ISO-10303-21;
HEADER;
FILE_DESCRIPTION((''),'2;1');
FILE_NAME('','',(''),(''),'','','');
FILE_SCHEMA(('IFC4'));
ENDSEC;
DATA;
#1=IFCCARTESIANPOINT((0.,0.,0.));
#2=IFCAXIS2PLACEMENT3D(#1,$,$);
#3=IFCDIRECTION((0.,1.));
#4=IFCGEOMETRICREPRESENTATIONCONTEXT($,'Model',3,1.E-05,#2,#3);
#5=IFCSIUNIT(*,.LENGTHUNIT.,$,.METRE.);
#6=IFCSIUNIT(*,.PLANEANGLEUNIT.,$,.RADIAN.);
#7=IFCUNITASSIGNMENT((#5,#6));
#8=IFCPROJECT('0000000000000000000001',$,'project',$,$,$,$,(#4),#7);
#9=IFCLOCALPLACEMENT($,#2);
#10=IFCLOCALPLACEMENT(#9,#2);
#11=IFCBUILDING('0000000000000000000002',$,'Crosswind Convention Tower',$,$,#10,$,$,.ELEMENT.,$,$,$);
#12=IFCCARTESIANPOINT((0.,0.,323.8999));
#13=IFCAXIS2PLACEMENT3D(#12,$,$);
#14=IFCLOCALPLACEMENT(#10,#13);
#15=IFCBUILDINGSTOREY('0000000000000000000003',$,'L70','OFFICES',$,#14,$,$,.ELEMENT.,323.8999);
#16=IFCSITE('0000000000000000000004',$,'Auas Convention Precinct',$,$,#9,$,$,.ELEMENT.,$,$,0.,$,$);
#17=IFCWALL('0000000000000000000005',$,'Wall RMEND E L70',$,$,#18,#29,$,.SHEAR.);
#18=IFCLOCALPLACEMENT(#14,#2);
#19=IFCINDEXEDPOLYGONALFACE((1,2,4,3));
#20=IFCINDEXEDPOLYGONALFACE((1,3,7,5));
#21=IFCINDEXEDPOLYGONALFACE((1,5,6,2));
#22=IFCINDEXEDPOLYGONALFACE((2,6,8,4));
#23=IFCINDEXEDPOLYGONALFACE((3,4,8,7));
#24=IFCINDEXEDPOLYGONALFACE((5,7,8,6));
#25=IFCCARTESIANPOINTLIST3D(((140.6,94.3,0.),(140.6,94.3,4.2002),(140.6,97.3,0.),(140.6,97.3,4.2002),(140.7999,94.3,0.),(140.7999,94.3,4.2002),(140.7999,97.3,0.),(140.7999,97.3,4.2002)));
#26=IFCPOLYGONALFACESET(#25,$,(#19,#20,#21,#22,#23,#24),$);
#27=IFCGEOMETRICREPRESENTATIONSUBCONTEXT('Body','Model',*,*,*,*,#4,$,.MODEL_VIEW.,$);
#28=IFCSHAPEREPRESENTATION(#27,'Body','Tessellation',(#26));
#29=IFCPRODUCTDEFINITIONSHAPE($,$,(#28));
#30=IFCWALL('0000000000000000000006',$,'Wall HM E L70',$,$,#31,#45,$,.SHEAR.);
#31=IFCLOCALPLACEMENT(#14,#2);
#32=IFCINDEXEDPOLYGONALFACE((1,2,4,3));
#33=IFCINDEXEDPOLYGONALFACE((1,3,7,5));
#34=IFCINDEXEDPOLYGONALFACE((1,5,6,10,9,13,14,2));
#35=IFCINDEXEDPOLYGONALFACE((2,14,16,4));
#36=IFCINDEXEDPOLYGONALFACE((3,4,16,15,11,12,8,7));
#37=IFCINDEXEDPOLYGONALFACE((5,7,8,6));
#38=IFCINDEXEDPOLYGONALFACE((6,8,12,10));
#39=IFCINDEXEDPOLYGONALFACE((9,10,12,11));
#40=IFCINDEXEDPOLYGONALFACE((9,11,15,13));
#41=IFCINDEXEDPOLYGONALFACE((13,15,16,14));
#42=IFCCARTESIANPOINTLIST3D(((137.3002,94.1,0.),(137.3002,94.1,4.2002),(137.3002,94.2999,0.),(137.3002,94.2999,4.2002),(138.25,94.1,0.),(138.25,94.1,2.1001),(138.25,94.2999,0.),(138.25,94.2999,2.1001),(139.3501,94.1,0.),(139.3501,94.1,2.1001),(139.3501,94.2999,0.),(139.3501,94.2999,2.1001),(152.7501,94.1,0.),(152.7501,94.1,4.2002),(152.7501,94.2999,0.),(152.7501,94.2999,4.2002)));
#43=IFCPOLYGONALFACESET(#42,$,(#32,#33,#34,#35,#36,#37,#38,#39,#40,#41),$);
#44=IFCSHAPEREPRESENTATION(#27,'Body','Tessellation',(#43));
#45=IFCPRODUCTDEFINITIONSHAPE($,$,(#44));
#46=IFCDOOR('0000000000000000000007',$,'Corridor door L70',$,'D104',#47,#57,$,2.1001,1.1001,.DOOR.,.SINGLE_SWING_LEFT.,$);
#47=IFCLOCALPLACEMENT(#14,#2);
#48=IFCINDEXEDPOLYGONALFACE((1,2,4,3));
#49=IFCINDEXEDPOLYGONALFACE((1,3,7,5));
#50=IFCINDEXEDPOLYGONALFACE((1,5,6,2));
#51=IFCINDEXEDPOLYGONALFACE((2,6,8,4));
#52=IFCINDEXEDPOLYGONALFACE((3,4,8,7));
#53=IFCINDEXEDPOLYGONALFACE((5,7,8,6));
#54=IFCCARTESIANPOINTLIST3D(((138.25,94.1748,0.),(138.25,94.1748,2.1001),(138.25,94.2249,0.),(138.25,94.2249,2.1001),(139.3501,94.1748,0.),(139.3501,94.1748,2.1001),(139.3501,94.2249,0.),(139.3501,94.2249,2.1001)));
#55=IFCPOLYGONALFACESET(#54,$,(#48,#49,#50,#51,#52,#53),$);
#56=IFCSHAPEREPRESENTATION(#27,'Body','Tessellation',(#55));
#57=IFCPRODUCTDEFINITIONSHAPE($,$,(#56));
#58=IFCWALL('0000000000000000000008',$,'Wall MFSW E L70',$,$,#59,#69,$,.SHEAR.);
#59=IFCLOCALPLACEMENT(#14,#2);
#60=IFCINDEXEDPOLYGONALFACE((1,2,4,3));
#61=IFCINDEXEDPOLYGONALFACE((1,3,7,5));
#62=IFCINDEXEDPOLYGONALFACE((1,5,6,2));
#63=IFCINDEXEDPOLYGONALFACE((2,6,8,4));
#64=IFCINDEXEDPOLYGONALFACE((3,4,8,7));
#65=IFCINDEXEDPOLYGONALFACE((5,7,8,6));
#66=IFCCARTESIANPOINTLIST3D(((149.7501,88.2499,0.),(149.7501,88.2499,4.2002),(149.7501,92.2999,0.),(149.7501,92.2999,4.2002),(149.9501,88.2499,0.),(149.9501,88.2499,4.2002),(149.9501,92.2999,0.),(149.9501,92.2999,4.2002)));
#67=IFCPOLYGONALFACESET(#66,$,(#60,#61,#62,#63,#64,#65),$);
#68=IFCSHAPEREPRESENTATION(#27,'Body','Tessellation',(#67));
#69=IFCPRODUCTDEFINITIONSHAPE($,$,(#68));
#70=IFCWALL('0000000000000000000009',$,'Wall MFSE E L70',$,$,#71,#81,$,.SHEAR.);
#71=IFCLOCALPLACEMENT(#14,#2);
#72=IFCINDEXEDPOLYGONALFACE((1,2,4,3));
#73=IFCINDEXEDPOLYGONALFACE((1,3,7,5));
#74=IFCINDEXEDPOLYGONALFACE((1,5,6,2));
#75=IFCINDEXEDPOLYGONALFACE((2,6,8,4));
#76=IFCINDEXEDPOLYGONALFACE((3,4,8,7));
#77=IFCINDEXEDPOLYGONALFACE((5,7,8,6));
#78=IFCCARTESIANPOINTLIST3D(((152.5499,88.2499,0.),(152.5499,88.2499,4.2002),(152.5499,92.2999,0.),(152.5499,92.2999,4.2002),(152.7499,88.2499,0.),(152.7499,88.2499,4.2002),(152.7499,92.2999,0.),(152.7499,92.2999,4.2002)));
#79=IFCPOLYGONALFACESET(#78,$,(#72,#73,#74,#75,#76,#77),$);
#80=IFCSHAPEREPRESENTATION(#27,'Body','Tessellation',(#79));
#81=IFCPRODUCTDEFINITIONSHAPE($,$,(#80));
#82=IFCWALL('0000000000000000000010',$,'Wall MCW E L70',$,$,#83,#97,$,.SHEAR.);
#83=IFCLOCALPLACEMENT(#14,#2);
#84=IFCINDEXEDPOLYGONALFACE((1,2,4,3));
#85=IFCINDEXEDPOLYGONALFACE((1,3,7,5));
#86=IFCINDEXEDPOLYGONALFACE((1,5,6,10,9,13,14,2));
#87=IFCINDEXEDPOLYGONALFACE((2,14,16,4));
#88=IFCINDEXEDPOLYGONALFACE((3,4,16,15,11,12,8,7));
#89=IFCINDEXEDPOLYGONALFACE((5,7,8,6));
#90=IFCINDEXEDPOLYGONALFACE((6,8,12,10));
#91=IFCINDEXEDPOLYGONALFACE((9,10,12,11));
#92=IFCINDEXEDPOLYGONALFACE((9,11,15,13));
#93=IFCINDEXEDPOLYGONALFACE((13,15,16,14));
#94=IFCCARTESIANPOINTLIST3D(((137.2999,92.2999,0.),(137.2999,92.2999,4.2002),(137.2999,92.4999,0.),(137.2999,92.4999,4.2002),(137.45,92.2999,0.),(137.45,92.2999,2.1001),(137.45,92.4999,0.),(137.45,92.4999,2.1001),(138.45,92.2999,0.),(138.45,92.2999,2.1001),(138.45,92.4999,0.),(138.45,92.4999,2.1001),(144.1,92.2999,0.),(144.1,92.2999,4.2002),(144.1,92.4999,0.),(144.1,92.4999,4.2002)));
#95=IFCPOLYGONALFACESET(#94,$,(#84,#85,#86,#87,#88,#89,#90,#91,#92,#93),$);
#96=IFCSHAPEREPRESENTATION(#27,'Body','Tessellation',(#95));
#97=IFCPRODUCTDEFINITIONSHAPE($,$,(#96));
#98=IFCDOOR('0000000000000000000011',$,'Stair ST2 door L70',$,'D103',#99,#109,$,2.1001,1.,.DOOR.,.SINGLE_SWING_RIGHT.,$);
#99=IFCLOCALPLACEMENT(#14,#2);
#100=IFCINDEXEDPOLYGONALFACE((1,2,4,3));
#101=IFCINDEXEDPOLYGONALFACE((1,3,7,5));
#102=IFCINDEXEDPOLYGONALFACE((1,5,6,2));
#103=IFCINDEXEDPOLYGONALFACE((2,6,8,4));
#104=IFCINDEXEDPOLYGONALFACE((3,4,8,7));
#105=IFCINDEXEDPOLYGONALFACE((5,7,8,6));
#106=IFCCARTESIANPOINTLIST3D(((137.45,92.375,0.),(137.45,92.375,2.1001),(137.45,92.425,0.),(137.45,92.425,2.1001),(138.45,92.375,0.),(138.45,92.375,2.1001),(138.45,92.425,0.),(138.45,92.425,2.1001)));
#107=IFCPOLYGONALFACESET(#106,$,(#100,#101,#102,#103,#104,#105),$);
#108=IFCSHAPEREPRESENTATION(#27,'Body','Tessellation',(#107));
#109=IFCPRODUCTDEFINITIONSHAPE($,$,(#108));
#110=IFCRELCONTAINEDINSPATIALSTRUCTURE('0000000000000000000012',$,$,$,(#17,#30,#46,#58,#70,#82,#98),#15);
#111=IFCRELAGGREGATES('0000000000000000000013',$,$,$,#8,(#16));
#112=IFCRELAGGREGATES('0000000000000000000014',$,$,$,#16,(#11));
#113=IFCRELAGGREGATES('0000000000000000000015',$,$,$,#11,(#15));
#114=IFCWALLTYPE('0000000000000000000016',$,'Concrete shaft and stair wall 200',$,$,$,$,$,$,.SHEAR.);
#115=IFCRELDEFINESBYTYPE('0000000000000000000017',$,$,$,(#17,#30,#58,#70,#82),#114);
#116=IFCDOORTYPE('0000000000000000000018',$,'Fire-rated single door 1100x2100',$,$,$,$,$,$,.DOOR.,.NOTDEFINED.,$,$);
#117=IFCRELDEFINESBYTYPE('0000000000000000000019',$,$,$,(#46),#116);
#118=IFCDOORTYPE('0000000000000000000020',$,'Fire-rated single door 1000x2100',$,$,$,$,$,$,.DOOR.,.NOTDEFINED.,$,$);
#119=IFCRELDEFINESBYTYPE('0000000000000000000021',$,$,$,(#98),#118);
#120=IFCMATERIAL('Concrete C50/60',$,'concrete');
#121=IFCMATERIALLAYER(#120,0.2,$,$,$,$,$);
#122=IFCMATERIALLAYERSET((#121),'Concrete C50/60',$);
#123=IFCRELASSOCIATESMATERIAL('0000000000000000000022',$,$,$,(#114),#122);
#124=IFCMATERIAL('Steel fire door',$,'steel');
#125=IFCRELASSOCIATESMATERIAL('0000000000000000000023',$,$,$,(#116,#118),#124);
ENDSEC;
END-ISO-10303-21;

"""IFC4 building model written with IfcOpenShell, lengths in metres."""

from ifc_helpers import new_model, si_unit, direction, frame, frame_2d, origin, place, context, subcontext, project, spatial, rectangle, extrude, material, layer, layer_set, type_object, element, fill, save


model = new_model("IFC4")

# Units and contexts
model_context = context("Model", 3, precision=1e-05, world=origin(), true_north=direction((0.0, 1.0)))
body_context = subcontext(model_context, "Body", "Model", "MODEL_VIEW")
ifc_project = project(units=[si_unit("LENGTHUNIT", "METRE"), si_unit("PLANEANGLEUNIT", "RADIAN")], contexts=[model_context])

# Site, building, storey
site_placement = place(None, origin())
site = spatial("IfcSite", under=ifc_project, at=site_placement, Name="Auas Convention Precinct", CompositionType="ELEMENT", RefElevation=0.0)
building_placement = place(site_placement, origin())
building = spatial("IfcBuilding", under=site, at=building_placement, Name="Crosswind Convention Tower", CompositionType="ELEMENT")
storey_placement = place(building_placement, frame((0.0, 0.0, 323.8999)))
storey = spatial("IfcBuildingStorey", under=building, at=storey_placement, Name="L70", Description="OFFICES", CompositionType="ELEMENT", Elevation=323.8999)

# Shared definitions
ifc_material_1 = material(Name="Concrete C50/60", Category="concrete")

# Wall
ifc_layer_1 = layer(ifc_material_1, 0.2)
ifc_layer_set_1 = layer_set([ifc_layer_1], Name="Concrete C50/60")
wall_type_1 = type_object("IfcWallType", Name="Concrete shaft and stair wall 200", PredefinedType="SHEAR", material=ifc_layer_set_1)
wall_1_placement = place(storey_placement, frame((140.7, 94.3, 0.0), z_axis=(0.0, 0.0, 1.0), x_axis=(0.0, 1.0, 0.0)))
element("IfcWall", 1, at=wall_1_placement, inside=storey, type_object=wall_type_1, Name="Wall RMEND E L70", PredefinedType="SHEAR", context=body_context, shape_type="SweptSolid", body=[
    extrude(rectangle(XDim=3.0, YDim=0.2, at=frame_2d((1.5, 0.0))), origin(), (0.0, 0.0, 1.0), 4.2002),
])

# Wall, opening, door
wall_2_placement = place(storey_placement, frame((137.3, 94.2, 0.0), z_axis=(0.0, 0.0, 1.0), x_axis=(1.0, 0.0, 0.0)))
wall_2 = element("IfcWall", 2, at=wall_2_placement, inside=storey, type_object=wall_type_1, Name="Wall HM E L70", PredefinedType="SHEAR", context=body_context, shape_type="SweptSolid", body=[
    extrude(rectangle(XDim=15.45, YDim=0.2, at=frame_2d((7.7251, 0.0))), origin(), (0.0, 0.0, 1.0), 4.2002),
])
opening_1_placement = place(wall_2_placement, frame((0.95, 0.0, 0.0)))
opening_1 = element("IfcOpeningElement", 3, at=opening_1_placement, cuts=wall_2, PredefinedType="OPENING", context=body_context, shape_type="SweptSolid", body=[
    extrude(rectangle(XDim=1.1001, YDim=2.1001, at=frame_2d((0.55, 1.05))), frame((0.0, 0.1099, 0.0), z_axis=(0.0, -1.0, 0.0), x_axis=(1.0, 0.0, 0.0)), (0.0, 0.0, 1.0), 0.22),
])
ifc_material_2 = material(Name="Steel fire door", Category="steel")
door_type_1 = type_object("IfcDoorType", Name="Fire-rated single door 1100x2100", OperationType="NOTDEFINED", PredefinedType="DOOR", material=ifc_material_2)
door_1_placement = place(opening_1_placement, origin())
door_1 = element("IfcDoor", 4, at=door_1_placement, inside=storey, type_object=door_type_1, Name="Corridor door L70", ObjectType="D104", OperationType="SINGLE_SWING_LEFT", OverallHeight=2.1001, OverallWidth=1.1001, PredefinedType="DOOR", context=body_context, shape_type="SweptSolid", body=[
    extrude(rectangle(XDim=1.1001, YDim=2.1001, at=frame_2d((0.55, 1.05))), frame((0.0, 0.0249, 0.0), z_axis=(0.0, -1.0, 0.0), x_axis=(1.0, 0.0, 0.0)), (0.0, 0.0, 1.0), 0.05),
])
fill(opening_1, door_1)

# Walls
for number, where, z_axis, x_axis, name in (
    (5, (149.8501, 88.25, 0.0), (0.0, 0.0, 1.0), (0.0, 1.0, 0.0), "Wall MFSW E L70"),
    (6, (152.6499, 88.25, 0.0), (0.0, 0.0, 1.0), (0.0, 1.0, 0.0), "Wall MFSE E L70"),
):
    element("IfcWall", number, at=place(storey_placement, frame(where, z_axis=z_axis, x_axis=x_axis)), inside=storey, type_object=wall_type_1, Name=name, PredefinedType="SHEAR", context=body_context, shape_type="SweptSolid", body=[
        extrude(rectangle(XDim=4.05, YDim=0.2, at=frame_2d((2.0249, 0.0))), origin(), (0.0, 0.0, 1.0), 4.2002),
    ])

# Wall, opening, door
wall_3_placement = place(storey_placement, frame((137.3, 92.3999, 0.0), z_axis=(0.0, 0.0, 1.0), x_axis=(1.0, 0.0, 0.0)))
wall_3 = element("IfcWall", 7, at=wall_3_placement, inside=storey, type_object=wall_type_1, Name="Wall MCW E L70", PredefinedType="SHEAR", context=body_context, shape_type="SweptSolid", body=[
    extrude(rectangle(XDim=6.8, YDim=0.2, at=frame_2d((3.3999, 0.0))), origin(), (0.0, 0.0, 1.0), 4.2002),
])
opening_2_placement = place(wall_3_placement, frame((0.1499, 0.0, 0.0)))
opening_2 = element("IfcOpeningElement", 8, at=opening_2_placement, cuts=wall_3, PredefinedType="OPENING", context=body_context, shape_type="SweptSolid", body=[
    extrude(rectangle(XDim=1.0, YDim=2.1001, at=frame_2d((0.5, 1.05))), frame((0.0, 0.1099, 0.0), z_axis=(0.0, -1.0, 0.0), x_axis=(1.0, 0.0, 0.0)), (0.0, 0.0, 1.0), 0.22),
])
door_type_2 = type_object("IfcDoorType", Name="Fire-rated single door 1000x2100", OperationType="NOTDEFINED", PredefinedType="DOOR", material=ifc_material_2)
door_2_placement = place(opening_2_placement, frame((1.0, 0.0, 0.0), z_axis=(0.0, 0.0, 1.0), x_axis=(-1.0, 0.0, 0.0)))
door_2 = element("IfcDoor", 9, at=door_2_placement, inside=storey, type_object=door_type_2, Name="Stair ST2 door L70", ObjectType="D103", OperationType="SINGLE_SWING_RIGHT", OverallHeight=2.1001, OverallWidth=1.0, PredefinedType="DOOR", context=body_context, shape_type="SweptSolid", body=[
    extrude(rectangle(XDim=1.0, YDim=2.1001, at=frame_2d((0.5, 1.05))), frame((0.0, 0.0249, 0.0), z_axis=(0.0, -1.0, 0.0), x_axis=(1.0, 0.0, 0.0)), (0.0, 0.0, 1.0), 0.05),
])
fill(opening_2, door_2)

save(model, "model.ifc")
